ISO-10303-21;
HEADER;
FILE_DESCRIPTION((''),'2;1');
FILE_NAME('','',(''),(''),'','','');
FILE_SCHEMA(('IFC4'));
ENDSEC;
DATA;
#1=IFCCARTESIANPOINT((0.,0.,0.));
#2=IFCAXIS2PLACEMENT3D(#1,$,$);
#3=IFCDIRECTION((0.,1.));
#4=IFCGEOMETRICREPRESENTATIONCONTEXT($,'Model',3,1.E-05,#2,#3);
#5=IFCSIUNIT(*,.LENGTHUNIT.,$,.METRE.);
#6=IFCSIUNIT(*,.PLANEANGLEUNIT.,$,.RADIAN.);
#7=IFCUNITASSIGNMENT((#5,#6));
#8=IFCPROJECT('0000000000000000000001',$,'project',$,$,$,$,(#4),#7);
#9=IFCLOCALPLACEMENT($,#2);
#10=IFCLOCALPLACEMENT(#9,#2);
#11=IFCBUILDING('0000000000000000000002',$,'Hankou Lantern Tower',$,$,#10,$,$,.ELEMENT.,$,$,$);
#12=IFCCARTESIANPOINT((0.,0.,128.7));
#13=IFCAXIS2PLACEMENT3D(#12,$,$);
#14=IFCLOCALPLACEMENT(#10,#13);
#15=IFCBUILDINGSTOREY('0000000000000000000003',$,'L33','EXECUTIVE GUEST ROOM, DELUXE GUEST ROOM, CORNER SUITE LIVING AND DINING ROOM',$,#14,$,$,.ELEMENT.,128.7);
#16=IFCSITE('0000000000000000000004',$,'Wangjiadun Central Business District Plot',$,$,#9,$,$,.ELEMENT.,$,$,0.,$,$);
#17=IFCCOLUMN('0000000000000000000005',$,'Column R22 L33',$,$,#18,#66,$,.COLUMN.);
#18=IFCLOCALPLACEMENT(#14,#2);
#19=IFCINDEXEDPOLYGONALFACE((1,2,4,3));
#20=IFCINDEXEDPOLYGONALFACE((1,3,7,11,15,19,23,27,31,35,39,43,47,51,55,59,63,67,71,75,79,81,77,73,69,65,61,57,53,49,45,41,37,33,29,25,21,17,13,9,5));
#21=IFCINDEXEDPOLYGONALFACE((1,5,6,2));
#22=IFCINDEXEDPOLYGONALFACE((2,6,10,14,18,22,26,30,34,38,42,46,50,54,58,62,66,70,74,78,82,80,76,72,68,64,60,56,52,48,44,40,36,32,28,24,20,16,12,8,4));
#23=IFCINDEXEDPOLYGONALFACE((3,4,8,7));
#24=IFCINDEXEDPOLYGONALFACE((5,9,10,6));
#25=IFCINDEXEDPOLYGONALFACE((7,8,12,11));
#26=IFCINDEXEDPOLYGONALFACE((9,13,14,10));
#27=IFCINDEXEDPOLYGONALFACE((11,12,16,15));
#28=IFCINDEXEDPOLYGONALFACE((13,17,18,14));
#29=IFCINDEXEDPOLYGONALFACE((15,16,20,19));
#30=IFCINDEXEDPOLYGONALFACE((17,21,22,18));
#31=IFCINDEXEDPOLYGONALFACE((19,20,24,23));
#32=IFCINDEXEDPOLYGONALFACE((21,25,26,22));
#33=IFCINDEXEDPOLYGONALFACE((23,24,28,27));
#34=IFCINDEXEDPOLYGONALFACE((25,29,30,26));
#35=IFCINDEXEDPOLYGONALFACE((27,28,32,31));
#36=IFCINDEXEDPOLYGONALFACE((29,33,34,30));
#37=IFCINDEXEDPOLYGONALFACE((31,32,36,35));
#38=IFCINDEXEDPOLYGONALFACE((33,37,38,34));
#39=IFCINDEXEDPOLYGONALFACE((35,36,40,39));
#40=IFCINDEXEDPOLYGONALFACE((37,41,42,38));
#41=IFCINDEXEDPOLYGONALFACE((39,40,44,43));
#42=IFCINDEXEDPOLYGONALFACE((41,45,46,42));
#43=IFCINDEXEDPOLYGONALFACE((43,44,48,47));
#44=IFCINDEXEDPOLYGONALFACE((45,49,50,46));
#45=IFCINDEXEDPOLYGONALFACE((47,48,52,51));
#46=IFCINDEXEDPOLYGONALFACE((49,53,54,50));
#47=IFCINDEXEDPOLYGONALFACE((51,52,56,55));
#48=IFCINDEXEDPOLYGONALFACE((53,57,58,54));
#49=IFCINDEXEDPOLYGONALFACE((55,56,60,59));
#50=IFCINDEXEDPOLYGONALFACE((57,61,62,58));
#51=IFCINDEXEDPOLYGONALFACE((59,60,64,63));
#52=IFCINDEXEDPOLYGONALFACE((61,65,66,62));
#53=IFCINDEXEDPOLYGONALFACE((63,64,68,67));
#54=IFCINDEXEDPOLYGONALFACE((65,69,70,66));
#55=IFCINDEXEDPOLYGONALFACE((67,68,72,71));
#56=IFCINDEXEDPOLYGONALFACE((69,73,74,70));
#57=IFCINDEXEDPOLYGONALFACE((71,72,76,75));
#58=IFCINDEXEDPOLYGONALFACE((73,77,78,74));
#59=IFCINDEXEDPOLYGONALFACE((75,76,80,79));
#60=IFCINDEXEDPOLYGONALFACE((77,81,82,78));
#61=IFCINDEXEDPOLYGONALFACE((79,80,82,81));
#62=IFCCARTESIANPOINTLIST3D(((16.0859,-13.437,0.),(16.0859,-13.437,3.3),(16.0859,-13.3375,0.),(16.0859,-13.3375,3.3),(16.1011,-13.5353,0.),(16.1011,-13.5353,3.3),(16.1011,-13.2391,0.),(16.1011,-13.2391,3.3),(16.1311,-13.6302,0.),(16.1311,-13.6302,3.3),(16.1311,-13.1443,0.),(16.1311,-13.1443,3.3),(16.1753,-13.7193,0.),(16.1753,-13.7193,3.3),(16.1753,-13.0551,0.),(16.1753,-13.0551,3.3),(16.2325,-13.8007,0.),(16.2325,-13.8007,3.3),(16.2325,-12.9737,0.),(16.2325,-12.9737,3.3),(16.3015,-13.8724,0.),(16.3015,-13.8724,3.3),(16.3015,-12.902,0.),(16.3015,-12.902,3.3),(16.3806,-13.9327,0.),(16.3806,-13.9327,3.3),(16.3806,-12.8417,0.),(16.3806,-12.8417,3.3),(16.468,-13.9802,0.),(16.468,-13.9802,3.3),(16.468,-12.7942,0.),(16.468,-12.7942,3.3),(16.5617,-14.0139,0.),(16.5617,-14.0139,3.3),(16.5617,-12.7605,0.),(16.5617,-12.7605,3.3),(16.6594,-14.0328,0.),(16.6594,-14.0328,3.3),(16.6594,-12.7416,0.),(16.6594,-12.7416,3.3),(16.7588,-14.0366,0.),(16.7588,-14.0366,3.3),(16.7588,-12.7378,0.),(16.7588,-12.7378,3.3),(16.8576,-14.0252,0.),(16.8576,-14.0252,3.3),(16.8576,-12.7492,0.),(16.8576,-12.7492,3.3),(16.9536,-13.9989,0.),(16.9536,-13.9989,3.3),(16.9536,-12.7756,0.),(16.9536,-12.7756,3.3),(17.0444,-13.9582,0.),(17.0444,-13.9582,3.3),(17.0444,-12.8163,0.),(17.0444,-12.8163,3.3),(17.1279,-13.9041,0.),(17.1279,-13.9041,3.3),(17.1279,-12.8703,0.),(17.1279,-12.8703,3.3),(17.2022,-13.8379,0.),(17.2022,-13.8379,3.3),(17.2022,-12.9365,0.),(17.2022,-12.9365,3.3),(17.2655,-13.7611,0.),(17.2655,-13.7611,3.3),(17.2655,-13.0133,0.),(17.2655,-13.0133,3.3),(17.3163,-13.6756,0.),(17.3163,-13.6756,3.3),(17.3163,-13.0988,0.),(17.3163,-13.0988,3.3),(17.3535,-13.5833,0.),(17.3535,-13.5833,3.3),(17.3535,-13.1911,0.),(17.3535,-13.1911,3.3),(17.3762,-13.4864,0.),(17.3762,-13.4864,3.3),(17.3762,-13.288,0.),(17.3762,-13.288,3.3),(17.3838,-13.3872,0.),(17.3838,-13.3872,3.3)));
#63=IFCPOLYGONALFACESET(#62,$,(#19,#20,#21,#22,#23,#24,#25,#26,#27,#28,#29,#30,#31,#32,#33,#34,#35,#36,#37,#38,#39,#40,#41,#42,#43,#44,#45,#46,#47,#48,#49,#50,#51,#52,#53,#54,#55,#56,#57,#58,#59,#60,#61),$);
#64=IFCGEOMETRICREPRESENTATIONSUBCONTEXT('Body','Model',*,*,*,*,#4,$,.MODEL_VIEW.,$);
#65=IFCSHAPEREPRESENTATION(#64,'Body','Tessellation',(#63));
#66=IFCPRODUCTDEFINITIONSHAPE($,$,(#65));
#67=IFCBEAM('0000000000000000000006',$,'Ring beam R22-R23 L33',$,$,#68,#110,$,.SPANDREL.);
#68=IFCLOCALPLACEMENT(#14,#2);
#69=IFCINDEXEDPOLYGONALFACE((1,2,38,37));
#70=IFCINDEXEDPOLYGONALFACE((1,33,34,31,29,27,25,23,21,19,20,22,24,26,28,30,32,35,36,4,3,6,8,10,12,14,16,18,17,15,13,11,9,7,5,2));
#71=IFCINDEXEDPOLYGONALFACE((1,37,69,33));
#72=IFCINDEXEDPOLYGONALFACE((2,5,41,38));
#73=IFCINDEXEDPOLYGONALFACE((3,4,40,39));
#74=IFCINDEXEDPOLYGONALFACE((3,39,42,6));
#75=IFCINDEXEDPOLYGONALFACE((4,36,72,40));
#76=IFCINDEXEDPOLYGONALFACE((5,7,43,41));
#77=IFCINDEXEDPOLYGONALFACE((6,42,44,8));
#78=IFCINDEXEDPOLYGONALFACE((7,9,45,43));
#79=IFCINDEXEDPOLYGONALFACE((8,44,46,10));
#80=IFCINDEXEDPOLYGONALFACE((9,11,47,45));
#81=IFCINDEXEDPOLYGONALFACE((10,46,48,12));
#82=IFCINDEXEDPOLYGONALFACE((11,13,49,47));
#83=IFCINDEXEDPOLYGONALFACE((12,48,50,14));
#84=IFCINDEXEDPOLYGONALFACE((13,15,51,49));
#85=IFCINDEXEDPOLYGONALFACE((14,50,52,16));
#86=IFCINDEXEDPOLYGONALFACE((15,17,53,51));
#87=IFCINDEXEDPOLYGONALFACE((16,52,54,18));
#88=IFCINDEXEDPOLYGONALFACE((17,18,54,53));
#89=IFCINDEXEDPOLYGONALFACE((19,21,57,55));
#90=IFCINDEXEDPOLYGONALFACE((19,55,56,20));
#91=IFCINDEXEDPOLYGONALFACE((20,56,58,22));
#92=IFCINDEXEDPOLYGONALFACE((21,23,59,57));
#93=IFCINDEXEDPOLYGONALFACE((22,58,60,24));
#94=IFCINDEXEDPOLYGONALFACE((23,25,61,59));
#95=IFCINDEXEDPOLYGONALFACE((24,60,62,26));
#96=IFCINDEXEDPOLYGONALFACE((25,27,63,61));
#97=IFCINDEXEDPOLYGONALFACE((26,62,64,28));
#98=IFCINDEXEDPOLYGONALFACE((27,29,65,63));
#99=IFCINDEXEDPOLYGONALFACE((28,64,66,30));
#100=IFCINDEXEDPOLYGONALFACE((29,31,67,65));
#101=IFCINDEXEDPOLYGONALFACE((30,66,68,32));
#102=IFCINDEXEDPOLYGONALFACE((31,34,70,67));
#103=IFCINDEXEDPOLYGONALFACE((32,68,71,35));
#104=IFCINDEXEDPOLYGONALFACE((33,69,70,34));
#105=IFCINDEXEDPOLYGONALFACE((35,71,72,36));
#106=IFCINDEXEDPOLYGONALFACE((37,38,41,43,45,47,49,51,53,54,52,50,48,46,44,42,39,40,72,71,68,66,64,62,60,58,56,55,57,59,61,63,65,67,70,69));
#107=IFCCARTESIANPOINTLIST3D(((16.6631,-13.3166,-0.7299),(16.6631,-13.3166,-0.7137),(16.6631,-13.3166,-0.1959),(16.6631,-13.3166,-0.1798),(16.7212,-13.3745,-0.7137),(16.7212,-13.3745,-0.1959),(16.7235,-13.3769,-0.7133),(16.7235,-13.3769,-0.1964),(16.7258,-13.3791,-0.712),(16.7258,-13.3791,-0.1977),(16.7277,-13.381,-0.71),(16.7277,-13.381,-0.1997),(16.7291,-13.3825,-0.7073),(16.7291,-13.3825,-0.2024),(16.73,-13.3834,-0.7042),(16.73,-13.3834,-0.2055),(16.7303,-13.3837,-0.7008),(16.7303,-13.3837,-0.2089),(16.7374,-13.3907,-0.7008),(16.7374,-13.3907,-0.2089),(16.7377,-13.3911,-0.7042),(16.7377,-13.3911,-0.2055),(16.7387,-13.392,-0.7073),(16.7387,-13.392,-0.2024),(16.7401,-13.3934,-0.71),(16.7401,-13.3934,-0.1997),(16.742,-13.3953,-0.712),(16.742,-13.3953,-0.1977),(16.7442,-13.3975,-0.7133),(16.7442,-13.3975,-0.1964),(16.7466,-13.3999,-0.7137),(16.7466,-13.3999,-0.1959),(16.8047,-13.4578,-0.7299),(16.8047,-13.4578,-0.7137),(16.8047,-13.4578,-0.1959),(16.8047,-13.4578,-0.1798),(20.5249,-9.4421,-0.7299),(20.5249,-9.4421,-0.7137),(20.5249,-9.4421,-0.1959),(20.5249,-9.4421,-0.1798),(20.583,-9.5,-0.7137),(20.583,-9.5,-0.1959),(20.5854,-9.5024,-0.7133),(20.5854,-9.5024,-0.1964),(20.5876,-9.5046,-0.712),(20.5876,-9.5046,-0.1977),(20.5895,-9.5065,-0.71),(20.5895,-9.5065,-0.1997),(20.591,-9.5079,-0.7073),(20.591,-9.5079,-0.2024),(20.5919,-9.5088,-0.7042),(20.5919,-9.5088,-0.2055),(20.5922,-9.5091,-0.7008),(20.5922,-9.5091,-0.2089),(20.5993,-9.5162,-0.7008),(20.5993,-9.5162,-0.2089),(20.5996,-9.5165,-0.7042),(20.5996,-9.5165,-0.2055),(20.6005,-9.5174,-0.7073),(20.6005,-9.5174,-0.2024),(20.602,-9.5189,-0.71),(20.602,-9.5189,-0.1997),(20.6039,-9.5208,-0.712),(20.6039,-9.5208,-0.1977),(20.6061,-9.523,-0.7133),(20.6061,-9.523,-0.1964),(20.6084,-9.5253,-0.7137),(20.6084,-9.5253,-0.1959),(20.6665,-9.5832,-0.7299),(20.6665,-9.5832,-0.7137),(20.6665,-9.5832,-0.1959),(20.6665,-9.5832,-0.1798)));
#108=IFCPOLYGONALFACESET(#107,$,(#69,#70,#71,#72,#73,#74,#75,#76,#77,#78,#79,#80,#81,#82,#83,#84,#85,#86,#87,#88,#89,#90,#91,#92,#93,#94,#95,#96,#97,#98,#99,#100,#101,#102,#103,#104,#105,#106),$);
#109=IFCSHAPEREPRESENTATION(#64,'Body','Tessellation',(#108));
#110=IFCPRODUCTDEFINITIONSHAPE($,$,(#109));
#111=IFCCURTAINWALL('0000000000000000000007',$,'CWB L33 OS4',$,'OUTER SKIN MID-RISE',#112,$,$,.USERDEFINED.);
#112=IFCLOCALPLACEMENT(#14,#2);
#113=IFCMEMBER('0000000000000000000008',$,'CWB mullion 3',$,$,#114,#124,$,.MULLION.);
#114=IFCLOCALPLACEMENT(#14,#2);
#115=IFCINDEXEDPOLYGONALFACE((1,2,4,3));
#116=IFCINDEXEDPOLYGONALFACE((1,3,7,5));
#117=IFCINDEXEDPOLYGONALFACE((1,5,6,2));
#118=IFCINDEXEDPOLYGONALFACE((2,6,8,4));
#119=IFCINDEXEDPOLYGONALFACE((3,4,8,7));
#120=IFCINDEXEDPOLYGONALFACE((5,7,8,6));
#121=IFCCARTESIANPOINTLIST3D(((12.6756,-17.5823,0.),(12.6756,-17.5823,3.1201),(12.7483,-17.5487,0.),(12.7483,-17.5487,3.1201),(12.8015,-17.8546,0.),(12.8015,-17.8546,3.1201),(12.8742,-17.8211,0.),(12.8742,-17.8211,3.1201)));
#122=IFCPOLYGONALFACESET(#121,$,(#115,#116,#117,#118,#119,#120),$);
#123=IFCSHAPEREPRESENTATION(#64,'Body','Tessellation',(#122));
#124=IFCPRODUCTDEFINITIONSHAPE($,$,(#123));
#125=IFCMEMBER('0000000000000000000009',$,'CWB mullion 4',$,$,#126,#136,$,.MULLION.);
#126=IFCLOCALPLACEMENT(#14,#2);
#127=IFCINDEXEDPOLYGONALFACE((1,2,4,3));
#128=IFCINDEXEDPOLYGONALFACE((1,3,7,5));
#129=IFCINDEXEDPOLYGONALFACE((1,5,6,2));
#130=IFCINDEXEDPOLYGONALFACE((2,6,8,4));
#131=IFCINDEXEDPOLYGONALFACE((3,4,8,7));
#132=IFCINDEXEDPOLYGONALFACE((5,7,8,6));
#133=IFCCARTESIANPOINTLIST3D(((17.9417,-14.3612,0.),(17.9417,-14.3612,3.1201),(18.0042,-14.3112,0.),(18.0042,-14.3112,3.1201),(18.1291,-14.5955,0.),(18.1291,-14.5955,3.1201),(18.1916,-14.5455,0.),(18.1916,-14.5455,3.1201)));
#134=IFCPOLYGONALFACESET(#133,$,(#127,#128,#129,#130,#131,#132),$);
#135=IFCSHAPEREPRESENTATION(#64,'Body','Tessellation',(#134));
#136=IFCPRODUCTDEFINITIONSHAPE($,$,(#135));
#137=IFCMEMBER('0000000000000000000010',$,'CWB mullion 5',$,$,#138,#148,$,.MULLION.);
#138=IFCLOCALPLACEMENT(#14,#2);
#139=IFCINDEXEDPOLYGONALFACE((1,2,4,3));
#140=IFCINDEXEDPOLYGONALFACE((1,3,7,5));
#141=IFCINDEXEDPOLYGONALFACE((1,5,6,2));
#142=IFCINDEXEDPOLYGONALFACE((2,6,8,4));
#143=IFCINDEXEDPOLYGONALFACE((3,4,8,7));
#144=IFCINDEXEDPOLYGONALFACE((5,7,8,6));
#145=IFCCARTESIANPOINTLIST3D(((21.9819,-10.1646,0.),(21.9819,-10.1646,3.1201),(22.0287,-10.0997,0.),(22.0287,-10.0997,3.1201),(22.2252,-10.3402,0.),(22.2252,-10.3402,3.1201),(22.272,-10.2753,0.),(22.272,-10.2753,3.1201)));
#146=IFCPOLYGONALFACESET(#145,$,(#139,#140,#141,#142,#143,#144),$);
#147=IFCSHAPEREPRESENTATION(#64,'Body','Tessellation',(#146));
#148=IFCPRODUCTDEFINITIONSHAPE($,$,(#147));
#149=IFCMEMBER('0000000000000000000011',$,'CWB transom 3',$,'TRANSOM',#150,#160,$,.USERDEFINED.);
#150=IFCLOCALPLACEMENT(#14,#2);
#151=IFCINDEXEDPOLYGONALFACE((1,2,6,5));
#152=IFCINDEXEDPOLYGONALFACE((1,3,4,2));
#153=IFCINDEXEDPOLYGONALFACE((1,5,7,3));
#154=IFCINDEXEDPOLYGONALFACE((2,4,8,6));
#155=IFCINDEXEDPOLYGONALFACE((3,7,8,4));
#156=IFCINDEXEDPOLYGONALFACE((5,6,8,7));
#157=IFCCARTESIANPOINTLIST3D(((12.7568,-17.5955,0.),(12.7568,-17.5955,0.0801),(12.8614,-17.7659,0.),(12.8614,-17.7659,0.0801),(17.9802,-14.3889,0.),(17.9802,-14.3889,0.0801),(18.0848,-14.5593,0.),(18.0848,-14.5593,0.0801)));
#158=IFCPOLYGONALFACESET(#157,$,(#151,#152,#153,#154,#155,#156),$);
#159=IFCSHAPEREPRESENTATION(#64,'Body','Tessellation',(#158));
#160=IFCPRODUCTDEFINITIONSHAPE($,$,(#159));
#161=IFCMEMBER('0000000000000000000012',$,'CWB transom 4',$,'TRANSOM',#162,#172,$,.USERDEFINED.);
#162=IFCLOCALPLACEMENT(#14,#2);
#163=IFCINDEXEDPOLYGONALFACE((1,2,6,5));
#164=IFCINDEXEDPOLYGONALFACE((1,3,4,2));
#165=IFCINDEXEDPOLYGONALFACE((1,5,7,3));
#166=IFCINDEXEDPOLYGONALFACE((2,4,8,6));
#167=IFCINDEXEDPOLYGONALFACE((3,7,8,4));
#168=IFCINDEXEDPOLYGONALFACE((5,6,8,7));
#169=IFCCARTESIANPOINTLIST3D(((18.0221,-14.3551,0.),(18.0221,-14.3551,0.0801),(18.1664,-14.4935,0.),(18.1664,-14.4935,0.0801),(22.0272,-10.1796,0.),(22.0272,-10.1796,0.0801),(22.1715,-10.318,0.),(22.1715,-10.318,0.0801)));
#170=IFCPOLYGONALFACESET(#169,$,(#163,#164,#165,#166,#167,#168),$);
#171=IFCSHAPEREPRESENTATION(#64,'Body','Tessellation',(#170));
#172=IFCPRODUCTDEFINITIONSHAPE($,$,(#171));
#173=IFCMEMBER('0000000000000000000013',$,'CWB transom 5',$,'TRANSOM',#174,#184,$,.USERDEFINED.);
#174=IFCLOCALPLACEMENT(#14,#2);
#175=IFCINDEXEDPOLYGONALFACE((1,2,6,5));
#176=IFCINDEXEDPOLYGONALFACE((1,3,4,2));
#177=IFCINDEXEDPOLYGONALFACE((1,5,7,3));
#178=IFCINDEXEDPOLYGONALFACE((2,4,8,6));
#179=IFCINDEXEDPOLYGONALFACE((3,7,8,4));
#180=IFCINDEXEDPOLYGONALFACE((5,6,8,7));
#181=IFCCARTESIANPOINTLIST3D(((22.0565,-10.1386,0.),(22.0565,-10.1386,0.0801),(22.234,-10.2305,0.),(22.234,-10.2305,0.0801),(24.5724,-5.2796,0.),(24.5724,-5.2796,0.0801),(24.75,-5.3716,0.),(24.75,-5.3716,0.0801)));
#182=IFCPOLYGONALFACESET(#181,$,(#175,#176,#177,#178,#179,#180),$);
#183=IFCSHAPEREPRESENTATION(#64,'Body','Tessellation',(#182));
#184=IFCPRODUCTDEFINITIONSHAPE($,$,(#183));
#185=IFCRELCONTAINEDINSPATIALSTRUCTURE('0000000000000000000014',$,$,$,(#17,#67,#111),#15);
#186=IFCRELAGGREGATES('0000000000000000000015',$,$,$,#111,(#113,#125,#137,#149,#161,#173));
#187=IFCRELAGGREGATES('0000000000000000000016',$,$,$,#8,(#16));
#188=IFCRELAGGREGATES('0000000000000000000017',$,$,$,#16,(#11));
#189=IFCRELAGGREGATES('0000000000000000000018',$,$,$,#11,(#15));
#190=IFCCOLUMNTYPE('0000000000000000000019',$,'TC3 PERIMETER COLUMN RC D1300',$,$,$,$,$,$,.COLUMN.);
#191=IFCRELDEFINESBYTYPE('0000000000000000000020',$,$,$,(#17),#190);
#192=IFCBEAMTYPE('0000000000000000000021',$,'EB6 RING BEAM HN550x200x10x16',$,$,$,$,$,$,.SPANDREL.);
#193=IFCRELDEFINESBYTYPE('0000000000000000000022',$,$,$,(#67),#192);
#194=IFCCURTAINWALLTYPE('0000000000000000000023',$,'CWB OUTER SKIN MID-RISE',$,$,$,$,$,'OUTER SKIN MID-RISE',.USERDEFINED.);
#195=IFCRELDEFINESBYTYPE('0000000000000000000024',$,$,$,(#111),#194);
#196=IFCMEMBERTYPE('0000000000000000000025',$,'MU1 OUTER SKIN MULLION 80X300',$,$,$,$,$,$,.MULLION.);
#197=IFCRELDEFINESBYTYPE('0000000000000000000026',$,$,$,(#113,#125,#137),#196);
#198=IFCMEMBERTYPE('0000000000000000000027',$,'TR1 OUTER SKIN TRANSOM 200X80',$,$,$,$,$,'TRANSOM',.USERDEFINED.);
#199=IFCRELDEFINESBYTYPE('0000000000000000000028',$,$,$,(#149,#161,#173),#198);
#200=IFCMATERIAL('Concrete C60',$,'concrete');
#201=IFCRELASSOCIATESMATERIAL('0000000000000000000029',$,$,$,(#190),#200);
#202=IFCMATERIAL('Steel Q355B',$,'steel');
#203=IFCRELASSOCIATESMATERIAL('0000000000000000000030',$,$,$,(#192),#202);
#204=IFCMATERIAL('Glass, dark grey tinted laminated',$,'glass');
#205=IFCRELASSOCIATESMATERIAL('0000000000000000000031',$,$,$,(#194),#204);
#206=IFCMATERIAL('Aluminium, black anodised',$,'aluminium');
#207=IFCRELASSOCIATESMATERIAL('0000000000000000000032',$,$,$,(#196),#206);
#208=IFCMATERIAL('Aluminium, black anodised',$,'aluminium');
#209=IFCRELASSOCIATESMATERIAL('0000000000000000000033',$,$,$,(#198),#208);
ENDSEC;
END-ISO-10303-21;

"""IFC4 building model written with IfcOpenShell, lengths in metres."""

from ifc_helpers import new_model, si_unit, direction, frame, origin, origin_2d, place, context, subcontext, project, spatial, rectangle, circle, i_section, extrude, material, material_profile, profile_set, type_object, element, aggregate, save


model = new_model("IFC4")

# Units and contexts
model_context = context("Model", 3, precision=1e-05, world=origin(), true_north=direction((0.0, 1.0)))
body_context = subcontext(model_context, "Body", "Model", "MODEL_VIEW")
ifc_project = project(units=[si_unit("LENGTHUNIT", "METRE"), si_unit("PLANEANGLEUNIT", "RADIAN")], contexts=[model_context])

# Site, building, storey
site_placement = place(None, origin())
site = spatial("IfcSite", under=ifc_project, at=site_placement, Name="Wangjiadun Central Business District Plot", CompositionType="ELEMENT", RefElevation=0.0)
building_placement = place(site_placement, origin())
building = spatial("IfcBuilding", under=site, at=building_placement, Name="Hankou Lantern Tower", CompositionType="ELEMENT")
storey_placement = place(building_placement, frame((0.0, 0.0, 128.7)))
storey = spatial("IfcBuildingStorey", under=building, at=storey_placement, Name="L33", Description="EXECUTIVE GUEST ROOM, DELUXE GUEST ROOM, CORNER SUITE LIVING AND DINING ROOM", CompositionType="ELEMENT", Elevation=128.7)

# Column
ifc_material_1 = material(Name="Concrete C60", Category="concrete")
ifc_material_profile_1 = material_profile(ifc_material_1, circle(Radius=0.6499, at=origin_2d()), Name="RC D1300")
ifc_profile_set_1 = profile_set([ifc_material_profile_1], Name="Concrete C60")
column_type = type_object("IfcColumnType", Name="TC3 PERIMETER COLUMN RC D1300", PredefinedType="COLUMN", material=ifc_profile_set_1)
column_placement = place(storey_placement, frame((16.7339, -13.3872, 0.0), z_axis=(0.0, 0.0, 1.0), x_axis=(1.0, 0.0, 0.0)))
element("IfcColumn", 1, at=column_placement, inside=storey, type_object=column_type, Name="Column R22 L33", PredefinedType="COLUMN", context=body_context, shape_type="SweptSolid", body=[
    extrude(circle(Radius=0.6499, at=origin_2d()), origin(), (0.0, 0.0, 1.0), 3.3),
])

# Beam
ifc_material_2 = material(Name="Steel Q355B", Category="steel")
ifc_material_profile_2 = material_profile(ifc_material_2, i_section(OverallWidth=0.2, OverallDepth=0.55, WebThickness=0.01, FlangeThickness=0.0161, FilletRadius=0.0129, at=origin_2d()), Name="HN550x200x10x16")
ifc_profile_set_2 = profile_set([ifc_material_profile_2], Name="Steel Q355B")
beam_type = type_object("IfcBeamType", Name="EB6 RING BEAM HN550x200x10x16", PredefinedType="SPANDREL", material=ifc_profile_set_2)
beam_placement = place(storey_placement, frame((16.7339, -13.3872, -0.4548), z_axis=(0.705945, 0.708266, 0.0), x_axis=(-0.708266, 0.705945, 0.0)))
element("IfcBeam", 2, at=beam_placement, inside=storey, type_object=beam_type, Name="Ring beam R22-R23 L33", PredefinedType="SPANDREL", context=body_context, shape_type="SweptSolid", body=[
    extrude(i_section(OverallWidth=0.2, OverallDepth=0.55, WebThickness=0.01, FlangeThickness=0.0161, FilletRadius=0.0129, at=origin_2d()), origin(), (0.0, 0.0, 1.0), 5.4705),
])

# Curtain wall, members
ifc_material_3 = material(Name="Glass, dark grey tinted laminated", Category="glass")
curtain_wall_type = type_object("IfcCurtainWallType", Name="CWB OUTER SKIN MID-RISE", ElementType="OUTER SKIN MID-RISE", PredefinedType="USERDEFINED", material=ifc_material_3)
curtain_wall_placement = place(storey_placement, origin())
curtain_wall = element("IfcCurtainWall", 3, at=curtain_wall_placement, inside=storey, type_object=curtain_wall_type, Name="CWB L33 OS4", ObjectType="OUTER SKIN MID-RISE", PredefinedType="USERDEFINED")
ifc_material_4 = material(Name="Aluminium, black anodised", Category="aluminium")
ifc_material_profile_3 = material_profile(ifc_material_4, rectangle(XDim=0.0801, YDim=0.3, at=origin_2d()), Name="MU1 80X300")
ifc_profile_set_3 = profile_set([ifc_material_profile_3], Name="Aluminium, black anodised")
member_type_1 = type_object("IfcMemberType", Name="MU1 OUTER SKIN MULLION 80X300", PredefinedType="MULLION", material=ifc_profile_set_3)
member_1_placement = place(storey_placement, frame((12.7749, -17.7017, 0.0), z_axis=(0.0, 0.0, 1.0), x_axis=(0.907841, 0.419314, 0.0)))
member_1 = element("IfcMember", 4, at=member_1_placement, type_object=member_type_1, Name="CWB mullion 3", PredefinedType="MULLION", context=body_context, shape_type="SweptSolid", body=[
    extrude(rectangle(XDim=0.0801, YDim=0.3, at=origin_2d()), origin(), (0.0, 0.0, 1.0), 3.1201),
])
member_2_placement = place(storey_placement, frame((18.0667, -14.4534, 0.0), z_axis=(0.0, 0.0, 1.0), x_axis=(0.780869, 0.624695, 0.0)))
member_2 = element("IfcMember", 5, at=member_2_placement, type_object=member_type_1, Name="CWB mullion 4", PredefinedType="MULLION", context=body_context, shape_type="SweptSolid", body=[
    extrude(rectangle(XDim=0.0801, YDim=0.3, at=origin_2d()), origin(), (0.0, 0.0, 1.0), 3.1201),
])
member_3_placement = place(storey_placement, frame((22.127, -10.22, 0.0), z_axis=(0.0, 0.0, 1.0), x_axis=(0.585206, 0.810885, 0.0)))
member_3 = element("IfcMember", 6, at=member_3_placement, type_object=member_type_1, Name="CWB mullion 5", PredefinedType="MULLION", context=body_context, shape_type="SweptSolid", body=[
    extrude(rectangle(XDim=0.0801, YDim=0.3, at=origin_2d()), origin(), (0.0, 0.0, 1.0), 3.1201),
])
ifc_material_5 = material(Name="Aluminium, black anodised", Category="aluminium")
ifc_material_profile_4 = material_profile(ifc_material_5, rectangle(XDim=0.2, YDim=0.0801, at=origin_2d()), Name="TR1 200X80")
ifc_profile_set_4 = profile_set([ifc_material_profile_4], Name="Aluminium, black anodised")
member_type_2 = type_object("IfcMemberType", Name="TR1 OUTER SKIN TRANSOM 200X80", ElementType="TRANSOM", PredefinedType="USERDEFINED", material=ifc_profile_set_4)
member_4_placement = place(storey_placement, frame((12.8091, -17.6807, 0.04), z_axis=(0.852229, 0.523168, 0.0), x_axis=(-0.523168, 0.852229, 0.0)))
member_4 = element("IfcMember", 7, at=member_4_placement, type_object=member_type_2, Name="CWB transom 3", ObjectType="TRANSOM", PredefinedType="USERDEFINED", context=body_context, shape_type="SweptSolid", body=[
    extrude(rectangle(XDim=0.2, YDim=0.0801, at=origin_2d()), origin(), (0.0, 0.0, 1.0), 6.1292),
])
member_5_placement = place(storey_placement, frame((18.0942, -14.4243, 0.04), z_axis=(0.692227, 0.72168, 0.0), x_axis=(-0.72168, 0.692227, 0.0)))
member_5 = element("IfcMember", 8, at=member_5_placement, type_object=member_type_2, Name="CWB transom 4", ObjectType="TRANSOM", PredefinedType="USERDEFINED", context=body_context, shape_type="SweptSolid", body=[
    extrude(rectangle(XDim=0.2, YDim=0.0801, at=origin_2d()), origin(), (0.0, 0.0, 1.0), 5.7859),
])
member_6_placement = place(storey_placement, frame((22.1453, -10.1846, 0.04), z_axis=(0.459805, 0.88802, 0.0), x_axis=(-0.88802, 0.459805, 0.0)))
member_6 = element("IfcMember", 9, at=member_6_placement, type_object=member_type_2, Name="CWB transom 5", ObjectType="TRANSOM", PredefinedType="USERDEFINED", context=body_context, shape_type="SweptSolid", body=[
    extrude(rectangle(XDim=0.2, YDim=0.0801, at=origin_2d()), origin(), (0.0, 0.0, 1.0), 5.4717),
])
aggregate(curtain_wall, [member_1, member_2, member_3, member_4, member_5, member_6])

save(model, "model.ifc")
